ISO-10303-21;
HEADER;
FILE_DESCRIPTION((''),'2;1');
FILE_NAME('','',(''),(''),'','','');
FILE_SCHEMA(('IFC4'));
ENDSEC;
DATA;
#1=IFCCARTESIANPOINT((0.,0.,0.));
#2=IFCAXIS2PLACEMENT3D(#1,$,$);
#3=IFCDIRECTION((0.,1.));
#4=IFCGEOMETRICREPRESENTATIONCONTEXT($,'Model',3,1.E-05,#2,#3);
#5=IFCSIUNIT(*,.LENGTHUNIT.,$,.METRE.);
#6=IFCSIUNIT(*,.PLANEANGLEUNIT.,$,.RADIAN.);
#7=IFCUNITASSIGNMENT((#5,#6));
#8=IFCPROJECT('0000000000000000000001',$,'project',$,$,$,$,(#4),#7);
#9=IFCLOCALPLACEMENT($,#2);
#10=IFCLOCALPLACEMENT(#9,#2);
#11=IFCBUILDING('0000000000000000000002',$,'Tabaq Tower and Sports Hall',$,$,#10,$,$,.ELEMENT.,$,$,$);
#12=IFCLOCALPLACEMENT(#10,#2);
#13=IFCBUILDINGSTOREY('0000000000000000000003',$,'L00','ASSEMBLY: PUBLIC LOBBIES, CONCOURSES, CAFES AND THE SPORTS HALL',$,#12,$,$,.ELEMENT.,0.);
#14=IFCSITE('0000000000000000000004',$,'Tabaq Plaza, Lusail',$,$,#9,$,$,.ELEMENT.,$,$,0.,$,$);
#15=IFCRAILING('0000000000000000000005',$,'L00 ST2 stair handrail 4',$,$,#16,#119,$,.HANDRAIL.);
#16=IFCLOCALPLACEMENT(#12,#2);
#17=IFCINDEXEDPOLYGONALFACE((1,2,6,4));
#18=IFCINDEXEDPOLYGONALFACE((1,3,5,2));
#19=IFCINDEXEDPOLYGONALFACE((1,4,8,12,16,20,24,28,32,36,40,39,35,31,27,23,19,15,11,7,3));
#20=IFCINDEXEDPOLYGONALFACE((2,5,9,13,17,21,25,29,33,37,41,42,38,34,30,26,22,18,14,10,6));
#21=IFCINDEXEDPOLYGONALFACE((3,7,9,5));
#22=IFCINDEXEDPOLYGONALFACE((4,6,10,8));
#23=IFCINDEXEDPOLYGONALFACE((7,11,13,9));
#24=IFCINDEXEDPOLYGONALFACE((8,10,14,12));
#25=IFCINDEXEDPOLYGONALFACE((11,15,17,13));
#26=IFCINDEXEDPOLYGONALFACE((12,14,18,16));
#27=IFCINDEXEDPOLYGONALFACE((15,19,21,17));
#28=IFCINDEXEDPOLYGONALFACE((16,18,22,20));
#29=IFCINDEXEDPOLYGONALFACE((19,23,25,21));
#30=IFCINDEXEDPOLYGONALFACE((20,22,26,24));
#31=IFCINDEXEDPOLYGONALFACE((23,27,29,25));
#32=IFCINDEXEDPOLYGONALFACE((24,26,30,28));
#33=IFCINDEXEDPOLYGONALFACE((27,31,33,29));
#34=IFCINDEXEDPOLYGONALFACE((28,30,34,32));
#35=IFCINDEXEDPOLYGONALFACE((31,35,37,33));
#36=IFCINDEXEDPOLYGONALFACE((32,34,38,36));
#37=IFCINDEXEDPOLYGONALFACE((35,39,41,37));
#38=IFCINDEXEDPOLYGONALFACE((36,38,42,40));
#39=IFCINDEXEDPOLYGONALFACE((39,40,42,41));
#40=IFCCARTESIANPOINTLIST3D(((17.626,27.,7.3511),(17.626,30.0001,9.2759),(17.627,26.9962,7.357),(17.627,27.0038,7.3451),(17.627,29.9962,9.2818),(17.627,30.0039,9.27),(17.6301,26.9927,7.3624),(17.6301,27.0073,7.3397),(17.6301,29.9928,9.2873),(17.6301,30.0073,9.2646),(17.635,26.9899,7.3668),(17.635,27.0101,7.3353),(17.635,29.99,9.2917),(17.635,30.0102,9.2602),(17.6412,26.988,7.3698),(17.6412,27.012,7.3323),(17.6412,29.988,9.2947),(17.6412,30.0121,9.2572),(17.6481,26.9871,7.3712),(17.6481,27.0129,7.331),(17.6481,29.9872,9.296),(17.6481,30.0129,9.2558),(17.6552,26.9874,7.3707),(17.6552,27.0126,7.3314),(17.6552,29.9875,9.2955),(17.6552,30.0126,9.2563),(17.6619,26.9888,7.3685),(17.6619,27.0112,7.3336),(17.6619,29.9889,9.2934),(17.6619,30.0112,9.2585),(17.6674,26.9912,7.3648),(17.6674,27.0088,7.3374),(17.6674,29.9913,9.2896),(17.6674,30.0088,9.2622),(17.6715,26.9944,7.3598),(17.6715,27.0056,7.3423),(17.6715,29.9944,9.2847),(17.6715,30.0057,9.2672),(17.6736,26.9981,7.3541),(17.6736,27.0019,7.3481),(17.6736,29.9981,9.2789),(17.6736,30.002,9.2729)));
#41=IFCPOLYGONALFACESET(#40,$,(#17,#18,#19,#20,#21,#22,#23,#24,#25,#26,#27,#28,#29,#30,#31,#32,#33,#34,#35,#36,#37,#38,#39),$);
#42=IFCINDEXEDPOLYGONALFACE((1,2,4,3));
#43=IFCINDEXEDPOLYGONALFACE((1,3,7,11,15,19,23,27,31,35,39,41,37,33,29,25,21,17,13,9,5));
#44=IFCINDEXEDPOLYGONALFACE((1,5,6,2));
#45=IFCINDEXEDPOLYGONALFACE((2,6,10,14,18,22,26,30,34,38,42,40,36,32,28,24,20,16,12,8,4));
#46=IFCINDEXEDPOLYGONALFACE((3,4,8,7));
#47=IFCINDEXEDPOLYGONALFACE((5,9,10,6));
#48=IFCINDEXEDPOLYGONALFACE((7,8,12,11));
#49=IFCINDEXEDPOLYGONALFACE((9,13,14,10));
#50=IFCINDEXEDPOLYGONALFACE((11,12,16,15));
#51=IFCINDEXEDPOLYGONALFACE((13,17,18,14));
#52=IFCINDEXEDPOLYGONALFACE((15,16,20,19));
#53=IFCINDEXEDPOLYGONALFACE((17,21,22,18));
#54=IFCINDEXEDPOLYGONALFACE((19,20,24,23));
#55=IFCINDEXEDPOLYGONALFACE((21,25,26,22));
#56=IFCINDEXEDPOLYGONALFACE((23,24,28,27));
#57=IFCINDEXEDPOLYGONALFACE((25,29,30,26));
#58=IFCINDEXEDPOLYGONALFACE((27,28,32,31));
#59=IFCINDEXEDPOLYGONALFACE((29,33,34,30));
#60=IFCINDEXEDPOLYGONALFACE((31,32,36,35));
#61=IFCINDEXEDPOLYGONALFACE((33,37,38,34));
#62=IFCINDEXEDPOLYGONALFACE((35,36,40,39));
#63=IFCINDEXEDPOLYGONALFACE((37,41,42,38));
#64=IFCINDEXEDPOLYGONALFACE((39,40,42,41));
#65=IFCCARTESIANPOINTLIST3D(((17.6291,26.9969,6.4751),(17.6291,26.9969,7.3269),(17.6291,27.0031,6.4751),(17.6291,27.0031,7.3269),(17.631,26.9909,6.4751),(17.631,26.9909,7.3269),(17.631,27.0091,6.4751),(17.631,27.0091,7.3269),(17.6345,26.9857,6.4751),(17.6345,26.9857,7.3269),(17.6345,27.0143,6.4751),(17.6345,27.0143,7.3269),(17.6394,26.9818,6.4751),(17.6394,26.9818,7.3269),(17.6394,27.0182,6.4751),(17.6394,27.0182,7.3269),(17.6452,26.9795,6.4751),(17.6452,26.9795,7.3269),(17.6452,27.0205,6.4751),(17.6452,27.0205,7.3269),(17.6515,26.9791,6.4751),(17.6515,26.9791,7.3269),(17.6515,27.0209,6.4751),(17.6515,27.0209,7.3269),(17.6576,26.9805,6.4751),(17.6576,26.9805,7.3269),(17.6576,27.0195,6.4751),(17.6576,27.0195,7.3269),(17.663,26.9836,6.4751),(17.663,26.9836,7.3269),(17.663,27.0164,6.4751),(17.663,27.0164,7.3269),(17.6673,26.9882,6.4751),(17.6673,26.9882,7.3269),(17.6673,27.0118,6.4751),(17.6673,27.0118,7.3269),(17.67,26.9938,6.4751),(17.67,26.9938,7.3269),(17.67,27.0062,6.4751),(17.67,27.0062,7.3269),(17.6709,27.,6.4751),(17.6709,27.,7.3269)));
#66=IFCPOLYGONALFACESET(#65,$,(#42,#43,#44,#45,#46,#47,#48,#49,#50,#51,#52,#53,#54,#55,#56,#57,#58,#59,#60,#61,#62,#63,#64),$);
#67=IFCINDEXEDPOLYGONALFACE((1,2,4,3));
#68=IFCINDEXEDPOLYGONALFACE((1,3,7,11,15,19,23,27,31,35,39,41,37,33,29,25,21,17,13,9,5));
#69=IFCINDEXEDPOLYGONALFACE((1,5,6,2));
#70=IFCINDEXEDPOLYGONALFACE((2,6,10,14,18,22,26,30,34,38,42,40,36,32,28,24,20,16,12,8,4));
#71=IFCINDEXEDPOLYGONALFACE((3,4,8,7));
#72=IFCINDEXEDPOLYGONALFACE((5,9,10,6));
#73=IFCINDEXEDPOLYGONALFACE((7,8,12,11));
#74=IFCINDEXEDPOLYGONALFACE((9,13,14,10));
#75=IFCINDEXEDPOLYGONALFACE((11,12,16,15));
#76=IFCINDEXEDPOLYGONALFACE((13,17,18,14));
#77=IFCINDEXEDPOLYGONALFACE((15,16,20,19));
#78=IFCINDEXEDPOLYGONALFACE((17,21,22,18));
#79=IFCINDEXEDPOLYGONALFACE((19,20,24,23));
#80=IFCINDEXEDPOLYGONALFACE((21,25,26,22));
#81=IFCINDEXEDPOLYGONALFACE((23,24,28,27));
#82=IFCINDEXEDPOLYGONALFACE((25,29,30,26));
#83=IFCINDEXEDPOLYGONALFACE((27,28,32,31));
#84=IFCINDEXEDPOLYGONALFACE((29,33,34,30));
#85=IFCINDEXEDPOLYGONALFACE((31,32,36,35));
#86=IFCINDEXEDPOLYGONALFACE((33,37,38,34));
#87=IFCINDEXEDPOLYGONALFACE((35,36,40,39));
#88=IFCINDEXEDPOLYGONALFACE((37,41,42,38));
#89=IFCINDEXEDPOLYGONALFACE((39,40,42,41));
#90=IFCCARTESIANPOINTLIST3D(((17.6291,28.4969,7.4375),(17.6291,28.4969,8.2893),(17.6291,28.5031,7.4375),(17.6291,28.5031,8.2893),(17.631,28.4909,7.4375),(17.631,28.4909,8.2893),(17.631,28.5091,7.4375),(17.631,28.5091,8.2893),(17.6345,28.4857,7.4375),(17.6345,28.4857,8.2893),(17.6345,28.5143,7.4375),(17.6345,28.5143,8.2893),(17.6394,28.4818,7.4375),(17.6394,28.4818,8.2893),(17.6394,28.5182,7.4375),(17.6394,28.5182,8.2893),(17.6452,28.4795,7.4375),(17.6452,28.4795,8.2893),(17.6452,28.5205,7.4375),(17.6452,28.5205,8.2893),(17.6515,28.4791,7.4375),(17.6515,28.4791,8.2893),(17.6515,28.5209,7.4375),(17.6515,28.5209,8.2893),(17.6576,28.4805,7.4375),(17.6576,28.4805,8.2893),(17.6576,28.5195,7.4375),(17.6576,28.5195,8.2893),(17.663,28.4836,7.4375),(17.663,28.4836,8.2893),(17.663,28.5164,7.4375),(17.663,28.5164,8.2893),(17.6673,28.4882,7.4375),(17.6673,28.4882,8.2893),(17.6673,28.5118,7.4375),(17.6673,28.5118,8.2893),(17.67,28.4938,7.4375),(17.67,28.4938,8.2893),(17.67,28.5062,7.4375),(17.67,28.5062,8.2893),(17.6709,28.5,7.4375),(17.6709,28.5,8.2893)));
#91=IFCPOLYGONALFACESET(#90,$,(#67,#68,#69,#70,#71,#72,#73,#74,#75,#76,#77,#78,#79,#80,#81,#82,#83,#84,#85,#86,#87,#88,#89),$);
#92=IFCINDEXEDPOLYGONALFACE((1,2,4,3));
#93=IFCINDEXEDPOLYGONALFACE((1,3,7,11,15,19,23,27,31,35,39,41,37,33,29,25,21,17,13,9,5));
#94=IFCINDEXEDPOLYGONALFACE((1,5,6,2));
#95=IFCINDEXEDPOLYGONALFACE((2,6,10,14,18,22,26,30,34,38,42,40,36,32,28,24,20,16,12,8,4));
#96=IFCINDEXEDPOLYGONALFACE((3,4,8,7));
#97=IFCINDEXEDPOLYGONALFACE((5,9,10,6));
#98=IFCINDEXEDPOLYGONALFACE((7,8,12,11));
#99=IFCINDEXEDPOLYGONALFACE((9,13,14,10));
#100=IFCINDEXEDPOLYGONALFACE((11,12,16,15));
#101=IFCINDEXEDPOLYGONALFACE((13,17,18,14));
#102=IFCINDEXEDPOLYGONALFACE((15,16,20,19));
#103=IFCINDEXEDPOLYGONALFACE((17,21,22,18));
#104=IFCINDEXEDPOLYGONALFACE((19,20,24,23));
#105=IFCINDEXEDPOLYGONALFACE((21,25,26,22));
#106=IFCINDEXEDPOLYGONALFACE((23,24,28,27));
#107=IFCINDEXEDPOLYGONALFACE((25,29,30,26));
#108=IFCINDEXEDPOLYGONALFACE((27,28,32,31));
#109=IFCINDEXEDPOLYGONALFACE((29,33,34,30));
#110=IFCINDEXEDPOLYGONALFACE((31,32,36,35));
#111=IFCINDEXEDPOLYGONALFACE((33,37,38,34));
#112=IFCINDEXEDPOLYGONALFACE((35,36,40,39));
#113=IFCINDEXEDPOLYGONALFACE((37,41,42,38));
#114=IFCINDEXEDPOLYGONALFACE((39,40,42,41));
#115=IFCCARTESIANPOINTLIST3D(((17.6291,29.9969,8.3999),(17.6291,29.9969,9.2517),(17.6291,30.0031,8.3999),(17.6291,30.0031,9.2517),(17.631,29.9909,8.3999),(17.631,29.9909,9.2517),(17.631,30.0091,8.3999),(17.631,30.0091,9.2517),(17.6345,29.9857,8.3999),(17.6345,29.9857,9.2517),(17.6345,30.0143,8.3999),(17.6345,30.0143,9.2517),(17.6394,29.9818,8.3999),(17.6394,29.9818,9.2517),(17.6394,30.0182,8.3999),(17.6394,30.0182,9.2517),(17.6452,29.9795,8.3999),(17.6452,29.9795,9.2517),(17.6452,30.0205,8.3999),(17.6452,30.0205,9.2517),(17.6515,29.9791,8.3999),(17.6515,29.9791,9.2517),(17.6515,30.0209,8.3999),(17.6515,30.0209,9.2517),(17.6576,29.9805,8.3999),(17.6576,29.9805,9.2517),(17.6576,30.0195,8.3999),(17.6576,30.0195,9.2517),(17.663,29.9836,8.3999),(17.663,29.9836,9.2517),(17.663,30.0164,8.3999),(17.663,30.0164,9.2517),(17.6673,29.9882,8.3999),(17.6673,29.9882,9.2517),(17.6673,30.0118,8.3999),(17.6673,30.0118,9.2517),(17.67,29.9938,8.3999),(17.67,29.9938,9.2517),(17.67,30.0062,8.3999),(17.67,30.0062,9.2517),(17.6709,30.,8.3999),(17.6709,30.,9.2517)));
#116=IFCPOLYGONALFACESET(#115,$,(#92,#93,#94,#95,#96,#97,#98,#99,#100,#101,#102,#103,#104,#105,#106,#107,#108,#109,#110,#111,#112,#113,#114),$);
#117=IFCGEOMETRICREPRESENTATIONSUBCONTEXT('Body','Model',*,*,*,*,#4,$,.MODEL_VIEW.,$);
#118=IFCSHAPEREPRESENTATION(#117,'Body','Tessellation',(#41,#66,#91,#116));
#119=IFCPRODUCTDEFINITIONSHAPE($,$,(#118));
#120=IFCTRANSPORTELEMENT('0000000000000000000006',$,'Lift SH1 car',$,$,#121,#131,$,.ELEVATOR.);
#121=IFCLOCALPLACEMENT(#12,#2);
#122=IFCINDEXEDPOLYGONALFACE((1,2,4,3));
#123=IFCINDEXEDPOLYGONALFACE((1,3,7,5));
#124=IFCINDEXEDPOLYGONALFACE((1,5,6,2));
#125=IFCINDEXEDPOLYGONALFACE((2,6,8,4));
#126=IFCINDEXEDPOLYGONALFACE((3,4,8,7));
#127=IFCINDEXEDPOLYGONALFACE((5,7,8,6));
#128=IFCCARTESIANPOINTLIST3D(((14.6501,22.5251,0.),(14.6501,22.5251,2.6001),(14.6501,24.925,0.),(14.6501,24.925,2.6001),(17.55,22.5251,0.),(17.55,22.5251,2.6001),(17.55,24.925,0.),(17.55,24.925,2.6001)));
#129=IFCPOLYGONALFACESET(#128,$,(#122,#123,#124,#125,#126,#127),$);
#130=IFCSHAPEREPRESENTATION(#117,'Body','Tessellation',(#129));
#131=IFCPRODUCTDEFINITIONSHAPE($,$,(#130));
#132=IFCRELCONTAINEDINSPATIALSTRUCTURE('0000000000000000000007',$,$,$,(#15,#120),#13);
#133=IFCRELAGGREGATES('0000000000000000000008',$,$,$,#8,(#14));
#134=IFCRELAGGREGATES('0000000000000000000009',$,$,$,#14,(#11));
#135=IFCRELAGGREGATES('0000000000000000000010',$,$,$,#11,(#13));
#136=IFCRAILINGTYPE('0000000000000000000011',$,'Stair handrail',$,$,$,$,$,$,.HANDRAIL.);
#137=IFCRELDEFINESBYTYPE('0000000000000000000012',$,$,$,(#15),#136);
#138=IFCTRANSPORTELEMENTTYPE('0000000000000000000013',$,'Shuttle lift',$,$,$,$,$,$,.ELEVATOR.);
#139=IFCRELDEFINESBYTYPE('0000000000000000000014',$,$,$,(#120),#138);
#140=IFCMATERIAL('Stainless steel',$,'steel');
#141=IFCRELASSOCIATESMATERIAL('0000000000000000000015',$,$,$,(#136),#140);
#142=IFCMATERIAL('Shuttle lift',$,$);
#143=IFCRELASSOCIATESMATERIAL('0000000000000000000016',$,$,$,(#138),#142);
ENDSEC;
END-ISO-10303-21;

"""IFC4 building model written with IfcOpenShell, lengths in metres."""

from ifc_helpers import new_model, si_unit, direction, frame, origin, origin_2d, place, context, subcontext, project, spatial, rectangle, circle, extrude, material, type_object, element, save


model = new_model("IFC4")

# Units and contexts
model_context = context("Model", 3, precision=1e-05, world=origin(), true_north=direction((0.0, 1.0)))
body_context = subcontext(model_context, "Body", "Model", "MODEL_VIEW")
ifc_project = project(units=[si_unit("LENGTHUNIT", "METRE"), si_unit("PLANEANGLEUNIT", "RADIAN")], contexts=[model_context])

# Site, building, storey
site_placement = place(None, origin())
site = spatial("IfcSite", under=ifc_project, at=site_placement, Name="Tabaq Plaza, Lusail", CompositionType="ELEMENT", RefElevation=0.0)
building_placement = place(site_placement, origin())
building = spatial("IfcBuilding", under=site, at=building_placement, Name="Tabaq Tower and Sports Hall", CompositionType="ELEMENT")
storey_placement = place(building_placement, origin())
storey = spatial("IfcBuildingStorey", under=building, at=storey_placement, Name="L00", Description="ASSEMBLY: PUBLIC LOBBIES, CONCOURSES, CAFES AND THE SPORTS HALL", CompositionType="ELEMENT", Elevation=0.0)

# Railing
ifc_material_1 = material(Name="Stainless steel", Category="steel")
railing_type_1 = type_object("IfcRailingType", Name="Stair handrail", PredefinedType="HANDRAIL", material=ifc_material_1)
railing_1_placement = place(storey_placement, frame((17.6499, 27.0, 6.4751)))
element("IfcRailing", 1, at=railing_1_placement, inside=storey, type_object=railing_type_1, Name="L00 ST2 stair handrail 4", PredefinedType="HANDRAIL", context=body_context, shape_type="SweptSolid", body=[
    extrude(circle(Radius=0.0239, at=origin_2d()), frame((0.0, 0.0, 0.876), z_axis=(0.0, 0.841659, 0.54001), x_axis=(-1.0, 0.0, 0.0)), (0.0, 0.0, 1.0), 3.5645),
    extrude(circle(Radius=0.021, at=origin_2d()), origin(), (0.0, 0.0, 1.0), 0.8518),
    extrude(circle(Radius=0.021, at=origin_2d()), frame((0.0, 1.5, 0.9624)), (0.0, 0.0, 1.0), 0.8518),
    extrude(circle(Radius=0.021, at=origin_2d()), frame((0.0, 3.0, 1.9248)), (0.0, 0.0, 1.0), 0.8518),
])

# Transport element
ifc_material_2 = material(Name="Shuttle lift")
transport_element_type = type_object("IfcTransportElementType", Name="Shuttle lift", PredefinedType="ELEVATOR", material=ifc_material_2)
transport_element_placement = place(storey_placement, frame((16.1001, 23.7251, 0.0), z_axis=(0.0, 0.0, 1.0), x_axis=(1.0, 0.0, 0.0)))
element("IfcTransportElement", 2, at=transport_element_placement, inside=storey, type_object=transport_element_type, Name="Lift SH1 car", PredefinedType="ELEVATOR", context=body_context, shape_type="SweptSolid", body=[
    extrude(rectangle(XDim=2.8999, YDim=2.3999, at=origin_2d()), origin(), (0.0, 0.0, 1.0), 2.6001),
])

save(model, "model.ifc")
